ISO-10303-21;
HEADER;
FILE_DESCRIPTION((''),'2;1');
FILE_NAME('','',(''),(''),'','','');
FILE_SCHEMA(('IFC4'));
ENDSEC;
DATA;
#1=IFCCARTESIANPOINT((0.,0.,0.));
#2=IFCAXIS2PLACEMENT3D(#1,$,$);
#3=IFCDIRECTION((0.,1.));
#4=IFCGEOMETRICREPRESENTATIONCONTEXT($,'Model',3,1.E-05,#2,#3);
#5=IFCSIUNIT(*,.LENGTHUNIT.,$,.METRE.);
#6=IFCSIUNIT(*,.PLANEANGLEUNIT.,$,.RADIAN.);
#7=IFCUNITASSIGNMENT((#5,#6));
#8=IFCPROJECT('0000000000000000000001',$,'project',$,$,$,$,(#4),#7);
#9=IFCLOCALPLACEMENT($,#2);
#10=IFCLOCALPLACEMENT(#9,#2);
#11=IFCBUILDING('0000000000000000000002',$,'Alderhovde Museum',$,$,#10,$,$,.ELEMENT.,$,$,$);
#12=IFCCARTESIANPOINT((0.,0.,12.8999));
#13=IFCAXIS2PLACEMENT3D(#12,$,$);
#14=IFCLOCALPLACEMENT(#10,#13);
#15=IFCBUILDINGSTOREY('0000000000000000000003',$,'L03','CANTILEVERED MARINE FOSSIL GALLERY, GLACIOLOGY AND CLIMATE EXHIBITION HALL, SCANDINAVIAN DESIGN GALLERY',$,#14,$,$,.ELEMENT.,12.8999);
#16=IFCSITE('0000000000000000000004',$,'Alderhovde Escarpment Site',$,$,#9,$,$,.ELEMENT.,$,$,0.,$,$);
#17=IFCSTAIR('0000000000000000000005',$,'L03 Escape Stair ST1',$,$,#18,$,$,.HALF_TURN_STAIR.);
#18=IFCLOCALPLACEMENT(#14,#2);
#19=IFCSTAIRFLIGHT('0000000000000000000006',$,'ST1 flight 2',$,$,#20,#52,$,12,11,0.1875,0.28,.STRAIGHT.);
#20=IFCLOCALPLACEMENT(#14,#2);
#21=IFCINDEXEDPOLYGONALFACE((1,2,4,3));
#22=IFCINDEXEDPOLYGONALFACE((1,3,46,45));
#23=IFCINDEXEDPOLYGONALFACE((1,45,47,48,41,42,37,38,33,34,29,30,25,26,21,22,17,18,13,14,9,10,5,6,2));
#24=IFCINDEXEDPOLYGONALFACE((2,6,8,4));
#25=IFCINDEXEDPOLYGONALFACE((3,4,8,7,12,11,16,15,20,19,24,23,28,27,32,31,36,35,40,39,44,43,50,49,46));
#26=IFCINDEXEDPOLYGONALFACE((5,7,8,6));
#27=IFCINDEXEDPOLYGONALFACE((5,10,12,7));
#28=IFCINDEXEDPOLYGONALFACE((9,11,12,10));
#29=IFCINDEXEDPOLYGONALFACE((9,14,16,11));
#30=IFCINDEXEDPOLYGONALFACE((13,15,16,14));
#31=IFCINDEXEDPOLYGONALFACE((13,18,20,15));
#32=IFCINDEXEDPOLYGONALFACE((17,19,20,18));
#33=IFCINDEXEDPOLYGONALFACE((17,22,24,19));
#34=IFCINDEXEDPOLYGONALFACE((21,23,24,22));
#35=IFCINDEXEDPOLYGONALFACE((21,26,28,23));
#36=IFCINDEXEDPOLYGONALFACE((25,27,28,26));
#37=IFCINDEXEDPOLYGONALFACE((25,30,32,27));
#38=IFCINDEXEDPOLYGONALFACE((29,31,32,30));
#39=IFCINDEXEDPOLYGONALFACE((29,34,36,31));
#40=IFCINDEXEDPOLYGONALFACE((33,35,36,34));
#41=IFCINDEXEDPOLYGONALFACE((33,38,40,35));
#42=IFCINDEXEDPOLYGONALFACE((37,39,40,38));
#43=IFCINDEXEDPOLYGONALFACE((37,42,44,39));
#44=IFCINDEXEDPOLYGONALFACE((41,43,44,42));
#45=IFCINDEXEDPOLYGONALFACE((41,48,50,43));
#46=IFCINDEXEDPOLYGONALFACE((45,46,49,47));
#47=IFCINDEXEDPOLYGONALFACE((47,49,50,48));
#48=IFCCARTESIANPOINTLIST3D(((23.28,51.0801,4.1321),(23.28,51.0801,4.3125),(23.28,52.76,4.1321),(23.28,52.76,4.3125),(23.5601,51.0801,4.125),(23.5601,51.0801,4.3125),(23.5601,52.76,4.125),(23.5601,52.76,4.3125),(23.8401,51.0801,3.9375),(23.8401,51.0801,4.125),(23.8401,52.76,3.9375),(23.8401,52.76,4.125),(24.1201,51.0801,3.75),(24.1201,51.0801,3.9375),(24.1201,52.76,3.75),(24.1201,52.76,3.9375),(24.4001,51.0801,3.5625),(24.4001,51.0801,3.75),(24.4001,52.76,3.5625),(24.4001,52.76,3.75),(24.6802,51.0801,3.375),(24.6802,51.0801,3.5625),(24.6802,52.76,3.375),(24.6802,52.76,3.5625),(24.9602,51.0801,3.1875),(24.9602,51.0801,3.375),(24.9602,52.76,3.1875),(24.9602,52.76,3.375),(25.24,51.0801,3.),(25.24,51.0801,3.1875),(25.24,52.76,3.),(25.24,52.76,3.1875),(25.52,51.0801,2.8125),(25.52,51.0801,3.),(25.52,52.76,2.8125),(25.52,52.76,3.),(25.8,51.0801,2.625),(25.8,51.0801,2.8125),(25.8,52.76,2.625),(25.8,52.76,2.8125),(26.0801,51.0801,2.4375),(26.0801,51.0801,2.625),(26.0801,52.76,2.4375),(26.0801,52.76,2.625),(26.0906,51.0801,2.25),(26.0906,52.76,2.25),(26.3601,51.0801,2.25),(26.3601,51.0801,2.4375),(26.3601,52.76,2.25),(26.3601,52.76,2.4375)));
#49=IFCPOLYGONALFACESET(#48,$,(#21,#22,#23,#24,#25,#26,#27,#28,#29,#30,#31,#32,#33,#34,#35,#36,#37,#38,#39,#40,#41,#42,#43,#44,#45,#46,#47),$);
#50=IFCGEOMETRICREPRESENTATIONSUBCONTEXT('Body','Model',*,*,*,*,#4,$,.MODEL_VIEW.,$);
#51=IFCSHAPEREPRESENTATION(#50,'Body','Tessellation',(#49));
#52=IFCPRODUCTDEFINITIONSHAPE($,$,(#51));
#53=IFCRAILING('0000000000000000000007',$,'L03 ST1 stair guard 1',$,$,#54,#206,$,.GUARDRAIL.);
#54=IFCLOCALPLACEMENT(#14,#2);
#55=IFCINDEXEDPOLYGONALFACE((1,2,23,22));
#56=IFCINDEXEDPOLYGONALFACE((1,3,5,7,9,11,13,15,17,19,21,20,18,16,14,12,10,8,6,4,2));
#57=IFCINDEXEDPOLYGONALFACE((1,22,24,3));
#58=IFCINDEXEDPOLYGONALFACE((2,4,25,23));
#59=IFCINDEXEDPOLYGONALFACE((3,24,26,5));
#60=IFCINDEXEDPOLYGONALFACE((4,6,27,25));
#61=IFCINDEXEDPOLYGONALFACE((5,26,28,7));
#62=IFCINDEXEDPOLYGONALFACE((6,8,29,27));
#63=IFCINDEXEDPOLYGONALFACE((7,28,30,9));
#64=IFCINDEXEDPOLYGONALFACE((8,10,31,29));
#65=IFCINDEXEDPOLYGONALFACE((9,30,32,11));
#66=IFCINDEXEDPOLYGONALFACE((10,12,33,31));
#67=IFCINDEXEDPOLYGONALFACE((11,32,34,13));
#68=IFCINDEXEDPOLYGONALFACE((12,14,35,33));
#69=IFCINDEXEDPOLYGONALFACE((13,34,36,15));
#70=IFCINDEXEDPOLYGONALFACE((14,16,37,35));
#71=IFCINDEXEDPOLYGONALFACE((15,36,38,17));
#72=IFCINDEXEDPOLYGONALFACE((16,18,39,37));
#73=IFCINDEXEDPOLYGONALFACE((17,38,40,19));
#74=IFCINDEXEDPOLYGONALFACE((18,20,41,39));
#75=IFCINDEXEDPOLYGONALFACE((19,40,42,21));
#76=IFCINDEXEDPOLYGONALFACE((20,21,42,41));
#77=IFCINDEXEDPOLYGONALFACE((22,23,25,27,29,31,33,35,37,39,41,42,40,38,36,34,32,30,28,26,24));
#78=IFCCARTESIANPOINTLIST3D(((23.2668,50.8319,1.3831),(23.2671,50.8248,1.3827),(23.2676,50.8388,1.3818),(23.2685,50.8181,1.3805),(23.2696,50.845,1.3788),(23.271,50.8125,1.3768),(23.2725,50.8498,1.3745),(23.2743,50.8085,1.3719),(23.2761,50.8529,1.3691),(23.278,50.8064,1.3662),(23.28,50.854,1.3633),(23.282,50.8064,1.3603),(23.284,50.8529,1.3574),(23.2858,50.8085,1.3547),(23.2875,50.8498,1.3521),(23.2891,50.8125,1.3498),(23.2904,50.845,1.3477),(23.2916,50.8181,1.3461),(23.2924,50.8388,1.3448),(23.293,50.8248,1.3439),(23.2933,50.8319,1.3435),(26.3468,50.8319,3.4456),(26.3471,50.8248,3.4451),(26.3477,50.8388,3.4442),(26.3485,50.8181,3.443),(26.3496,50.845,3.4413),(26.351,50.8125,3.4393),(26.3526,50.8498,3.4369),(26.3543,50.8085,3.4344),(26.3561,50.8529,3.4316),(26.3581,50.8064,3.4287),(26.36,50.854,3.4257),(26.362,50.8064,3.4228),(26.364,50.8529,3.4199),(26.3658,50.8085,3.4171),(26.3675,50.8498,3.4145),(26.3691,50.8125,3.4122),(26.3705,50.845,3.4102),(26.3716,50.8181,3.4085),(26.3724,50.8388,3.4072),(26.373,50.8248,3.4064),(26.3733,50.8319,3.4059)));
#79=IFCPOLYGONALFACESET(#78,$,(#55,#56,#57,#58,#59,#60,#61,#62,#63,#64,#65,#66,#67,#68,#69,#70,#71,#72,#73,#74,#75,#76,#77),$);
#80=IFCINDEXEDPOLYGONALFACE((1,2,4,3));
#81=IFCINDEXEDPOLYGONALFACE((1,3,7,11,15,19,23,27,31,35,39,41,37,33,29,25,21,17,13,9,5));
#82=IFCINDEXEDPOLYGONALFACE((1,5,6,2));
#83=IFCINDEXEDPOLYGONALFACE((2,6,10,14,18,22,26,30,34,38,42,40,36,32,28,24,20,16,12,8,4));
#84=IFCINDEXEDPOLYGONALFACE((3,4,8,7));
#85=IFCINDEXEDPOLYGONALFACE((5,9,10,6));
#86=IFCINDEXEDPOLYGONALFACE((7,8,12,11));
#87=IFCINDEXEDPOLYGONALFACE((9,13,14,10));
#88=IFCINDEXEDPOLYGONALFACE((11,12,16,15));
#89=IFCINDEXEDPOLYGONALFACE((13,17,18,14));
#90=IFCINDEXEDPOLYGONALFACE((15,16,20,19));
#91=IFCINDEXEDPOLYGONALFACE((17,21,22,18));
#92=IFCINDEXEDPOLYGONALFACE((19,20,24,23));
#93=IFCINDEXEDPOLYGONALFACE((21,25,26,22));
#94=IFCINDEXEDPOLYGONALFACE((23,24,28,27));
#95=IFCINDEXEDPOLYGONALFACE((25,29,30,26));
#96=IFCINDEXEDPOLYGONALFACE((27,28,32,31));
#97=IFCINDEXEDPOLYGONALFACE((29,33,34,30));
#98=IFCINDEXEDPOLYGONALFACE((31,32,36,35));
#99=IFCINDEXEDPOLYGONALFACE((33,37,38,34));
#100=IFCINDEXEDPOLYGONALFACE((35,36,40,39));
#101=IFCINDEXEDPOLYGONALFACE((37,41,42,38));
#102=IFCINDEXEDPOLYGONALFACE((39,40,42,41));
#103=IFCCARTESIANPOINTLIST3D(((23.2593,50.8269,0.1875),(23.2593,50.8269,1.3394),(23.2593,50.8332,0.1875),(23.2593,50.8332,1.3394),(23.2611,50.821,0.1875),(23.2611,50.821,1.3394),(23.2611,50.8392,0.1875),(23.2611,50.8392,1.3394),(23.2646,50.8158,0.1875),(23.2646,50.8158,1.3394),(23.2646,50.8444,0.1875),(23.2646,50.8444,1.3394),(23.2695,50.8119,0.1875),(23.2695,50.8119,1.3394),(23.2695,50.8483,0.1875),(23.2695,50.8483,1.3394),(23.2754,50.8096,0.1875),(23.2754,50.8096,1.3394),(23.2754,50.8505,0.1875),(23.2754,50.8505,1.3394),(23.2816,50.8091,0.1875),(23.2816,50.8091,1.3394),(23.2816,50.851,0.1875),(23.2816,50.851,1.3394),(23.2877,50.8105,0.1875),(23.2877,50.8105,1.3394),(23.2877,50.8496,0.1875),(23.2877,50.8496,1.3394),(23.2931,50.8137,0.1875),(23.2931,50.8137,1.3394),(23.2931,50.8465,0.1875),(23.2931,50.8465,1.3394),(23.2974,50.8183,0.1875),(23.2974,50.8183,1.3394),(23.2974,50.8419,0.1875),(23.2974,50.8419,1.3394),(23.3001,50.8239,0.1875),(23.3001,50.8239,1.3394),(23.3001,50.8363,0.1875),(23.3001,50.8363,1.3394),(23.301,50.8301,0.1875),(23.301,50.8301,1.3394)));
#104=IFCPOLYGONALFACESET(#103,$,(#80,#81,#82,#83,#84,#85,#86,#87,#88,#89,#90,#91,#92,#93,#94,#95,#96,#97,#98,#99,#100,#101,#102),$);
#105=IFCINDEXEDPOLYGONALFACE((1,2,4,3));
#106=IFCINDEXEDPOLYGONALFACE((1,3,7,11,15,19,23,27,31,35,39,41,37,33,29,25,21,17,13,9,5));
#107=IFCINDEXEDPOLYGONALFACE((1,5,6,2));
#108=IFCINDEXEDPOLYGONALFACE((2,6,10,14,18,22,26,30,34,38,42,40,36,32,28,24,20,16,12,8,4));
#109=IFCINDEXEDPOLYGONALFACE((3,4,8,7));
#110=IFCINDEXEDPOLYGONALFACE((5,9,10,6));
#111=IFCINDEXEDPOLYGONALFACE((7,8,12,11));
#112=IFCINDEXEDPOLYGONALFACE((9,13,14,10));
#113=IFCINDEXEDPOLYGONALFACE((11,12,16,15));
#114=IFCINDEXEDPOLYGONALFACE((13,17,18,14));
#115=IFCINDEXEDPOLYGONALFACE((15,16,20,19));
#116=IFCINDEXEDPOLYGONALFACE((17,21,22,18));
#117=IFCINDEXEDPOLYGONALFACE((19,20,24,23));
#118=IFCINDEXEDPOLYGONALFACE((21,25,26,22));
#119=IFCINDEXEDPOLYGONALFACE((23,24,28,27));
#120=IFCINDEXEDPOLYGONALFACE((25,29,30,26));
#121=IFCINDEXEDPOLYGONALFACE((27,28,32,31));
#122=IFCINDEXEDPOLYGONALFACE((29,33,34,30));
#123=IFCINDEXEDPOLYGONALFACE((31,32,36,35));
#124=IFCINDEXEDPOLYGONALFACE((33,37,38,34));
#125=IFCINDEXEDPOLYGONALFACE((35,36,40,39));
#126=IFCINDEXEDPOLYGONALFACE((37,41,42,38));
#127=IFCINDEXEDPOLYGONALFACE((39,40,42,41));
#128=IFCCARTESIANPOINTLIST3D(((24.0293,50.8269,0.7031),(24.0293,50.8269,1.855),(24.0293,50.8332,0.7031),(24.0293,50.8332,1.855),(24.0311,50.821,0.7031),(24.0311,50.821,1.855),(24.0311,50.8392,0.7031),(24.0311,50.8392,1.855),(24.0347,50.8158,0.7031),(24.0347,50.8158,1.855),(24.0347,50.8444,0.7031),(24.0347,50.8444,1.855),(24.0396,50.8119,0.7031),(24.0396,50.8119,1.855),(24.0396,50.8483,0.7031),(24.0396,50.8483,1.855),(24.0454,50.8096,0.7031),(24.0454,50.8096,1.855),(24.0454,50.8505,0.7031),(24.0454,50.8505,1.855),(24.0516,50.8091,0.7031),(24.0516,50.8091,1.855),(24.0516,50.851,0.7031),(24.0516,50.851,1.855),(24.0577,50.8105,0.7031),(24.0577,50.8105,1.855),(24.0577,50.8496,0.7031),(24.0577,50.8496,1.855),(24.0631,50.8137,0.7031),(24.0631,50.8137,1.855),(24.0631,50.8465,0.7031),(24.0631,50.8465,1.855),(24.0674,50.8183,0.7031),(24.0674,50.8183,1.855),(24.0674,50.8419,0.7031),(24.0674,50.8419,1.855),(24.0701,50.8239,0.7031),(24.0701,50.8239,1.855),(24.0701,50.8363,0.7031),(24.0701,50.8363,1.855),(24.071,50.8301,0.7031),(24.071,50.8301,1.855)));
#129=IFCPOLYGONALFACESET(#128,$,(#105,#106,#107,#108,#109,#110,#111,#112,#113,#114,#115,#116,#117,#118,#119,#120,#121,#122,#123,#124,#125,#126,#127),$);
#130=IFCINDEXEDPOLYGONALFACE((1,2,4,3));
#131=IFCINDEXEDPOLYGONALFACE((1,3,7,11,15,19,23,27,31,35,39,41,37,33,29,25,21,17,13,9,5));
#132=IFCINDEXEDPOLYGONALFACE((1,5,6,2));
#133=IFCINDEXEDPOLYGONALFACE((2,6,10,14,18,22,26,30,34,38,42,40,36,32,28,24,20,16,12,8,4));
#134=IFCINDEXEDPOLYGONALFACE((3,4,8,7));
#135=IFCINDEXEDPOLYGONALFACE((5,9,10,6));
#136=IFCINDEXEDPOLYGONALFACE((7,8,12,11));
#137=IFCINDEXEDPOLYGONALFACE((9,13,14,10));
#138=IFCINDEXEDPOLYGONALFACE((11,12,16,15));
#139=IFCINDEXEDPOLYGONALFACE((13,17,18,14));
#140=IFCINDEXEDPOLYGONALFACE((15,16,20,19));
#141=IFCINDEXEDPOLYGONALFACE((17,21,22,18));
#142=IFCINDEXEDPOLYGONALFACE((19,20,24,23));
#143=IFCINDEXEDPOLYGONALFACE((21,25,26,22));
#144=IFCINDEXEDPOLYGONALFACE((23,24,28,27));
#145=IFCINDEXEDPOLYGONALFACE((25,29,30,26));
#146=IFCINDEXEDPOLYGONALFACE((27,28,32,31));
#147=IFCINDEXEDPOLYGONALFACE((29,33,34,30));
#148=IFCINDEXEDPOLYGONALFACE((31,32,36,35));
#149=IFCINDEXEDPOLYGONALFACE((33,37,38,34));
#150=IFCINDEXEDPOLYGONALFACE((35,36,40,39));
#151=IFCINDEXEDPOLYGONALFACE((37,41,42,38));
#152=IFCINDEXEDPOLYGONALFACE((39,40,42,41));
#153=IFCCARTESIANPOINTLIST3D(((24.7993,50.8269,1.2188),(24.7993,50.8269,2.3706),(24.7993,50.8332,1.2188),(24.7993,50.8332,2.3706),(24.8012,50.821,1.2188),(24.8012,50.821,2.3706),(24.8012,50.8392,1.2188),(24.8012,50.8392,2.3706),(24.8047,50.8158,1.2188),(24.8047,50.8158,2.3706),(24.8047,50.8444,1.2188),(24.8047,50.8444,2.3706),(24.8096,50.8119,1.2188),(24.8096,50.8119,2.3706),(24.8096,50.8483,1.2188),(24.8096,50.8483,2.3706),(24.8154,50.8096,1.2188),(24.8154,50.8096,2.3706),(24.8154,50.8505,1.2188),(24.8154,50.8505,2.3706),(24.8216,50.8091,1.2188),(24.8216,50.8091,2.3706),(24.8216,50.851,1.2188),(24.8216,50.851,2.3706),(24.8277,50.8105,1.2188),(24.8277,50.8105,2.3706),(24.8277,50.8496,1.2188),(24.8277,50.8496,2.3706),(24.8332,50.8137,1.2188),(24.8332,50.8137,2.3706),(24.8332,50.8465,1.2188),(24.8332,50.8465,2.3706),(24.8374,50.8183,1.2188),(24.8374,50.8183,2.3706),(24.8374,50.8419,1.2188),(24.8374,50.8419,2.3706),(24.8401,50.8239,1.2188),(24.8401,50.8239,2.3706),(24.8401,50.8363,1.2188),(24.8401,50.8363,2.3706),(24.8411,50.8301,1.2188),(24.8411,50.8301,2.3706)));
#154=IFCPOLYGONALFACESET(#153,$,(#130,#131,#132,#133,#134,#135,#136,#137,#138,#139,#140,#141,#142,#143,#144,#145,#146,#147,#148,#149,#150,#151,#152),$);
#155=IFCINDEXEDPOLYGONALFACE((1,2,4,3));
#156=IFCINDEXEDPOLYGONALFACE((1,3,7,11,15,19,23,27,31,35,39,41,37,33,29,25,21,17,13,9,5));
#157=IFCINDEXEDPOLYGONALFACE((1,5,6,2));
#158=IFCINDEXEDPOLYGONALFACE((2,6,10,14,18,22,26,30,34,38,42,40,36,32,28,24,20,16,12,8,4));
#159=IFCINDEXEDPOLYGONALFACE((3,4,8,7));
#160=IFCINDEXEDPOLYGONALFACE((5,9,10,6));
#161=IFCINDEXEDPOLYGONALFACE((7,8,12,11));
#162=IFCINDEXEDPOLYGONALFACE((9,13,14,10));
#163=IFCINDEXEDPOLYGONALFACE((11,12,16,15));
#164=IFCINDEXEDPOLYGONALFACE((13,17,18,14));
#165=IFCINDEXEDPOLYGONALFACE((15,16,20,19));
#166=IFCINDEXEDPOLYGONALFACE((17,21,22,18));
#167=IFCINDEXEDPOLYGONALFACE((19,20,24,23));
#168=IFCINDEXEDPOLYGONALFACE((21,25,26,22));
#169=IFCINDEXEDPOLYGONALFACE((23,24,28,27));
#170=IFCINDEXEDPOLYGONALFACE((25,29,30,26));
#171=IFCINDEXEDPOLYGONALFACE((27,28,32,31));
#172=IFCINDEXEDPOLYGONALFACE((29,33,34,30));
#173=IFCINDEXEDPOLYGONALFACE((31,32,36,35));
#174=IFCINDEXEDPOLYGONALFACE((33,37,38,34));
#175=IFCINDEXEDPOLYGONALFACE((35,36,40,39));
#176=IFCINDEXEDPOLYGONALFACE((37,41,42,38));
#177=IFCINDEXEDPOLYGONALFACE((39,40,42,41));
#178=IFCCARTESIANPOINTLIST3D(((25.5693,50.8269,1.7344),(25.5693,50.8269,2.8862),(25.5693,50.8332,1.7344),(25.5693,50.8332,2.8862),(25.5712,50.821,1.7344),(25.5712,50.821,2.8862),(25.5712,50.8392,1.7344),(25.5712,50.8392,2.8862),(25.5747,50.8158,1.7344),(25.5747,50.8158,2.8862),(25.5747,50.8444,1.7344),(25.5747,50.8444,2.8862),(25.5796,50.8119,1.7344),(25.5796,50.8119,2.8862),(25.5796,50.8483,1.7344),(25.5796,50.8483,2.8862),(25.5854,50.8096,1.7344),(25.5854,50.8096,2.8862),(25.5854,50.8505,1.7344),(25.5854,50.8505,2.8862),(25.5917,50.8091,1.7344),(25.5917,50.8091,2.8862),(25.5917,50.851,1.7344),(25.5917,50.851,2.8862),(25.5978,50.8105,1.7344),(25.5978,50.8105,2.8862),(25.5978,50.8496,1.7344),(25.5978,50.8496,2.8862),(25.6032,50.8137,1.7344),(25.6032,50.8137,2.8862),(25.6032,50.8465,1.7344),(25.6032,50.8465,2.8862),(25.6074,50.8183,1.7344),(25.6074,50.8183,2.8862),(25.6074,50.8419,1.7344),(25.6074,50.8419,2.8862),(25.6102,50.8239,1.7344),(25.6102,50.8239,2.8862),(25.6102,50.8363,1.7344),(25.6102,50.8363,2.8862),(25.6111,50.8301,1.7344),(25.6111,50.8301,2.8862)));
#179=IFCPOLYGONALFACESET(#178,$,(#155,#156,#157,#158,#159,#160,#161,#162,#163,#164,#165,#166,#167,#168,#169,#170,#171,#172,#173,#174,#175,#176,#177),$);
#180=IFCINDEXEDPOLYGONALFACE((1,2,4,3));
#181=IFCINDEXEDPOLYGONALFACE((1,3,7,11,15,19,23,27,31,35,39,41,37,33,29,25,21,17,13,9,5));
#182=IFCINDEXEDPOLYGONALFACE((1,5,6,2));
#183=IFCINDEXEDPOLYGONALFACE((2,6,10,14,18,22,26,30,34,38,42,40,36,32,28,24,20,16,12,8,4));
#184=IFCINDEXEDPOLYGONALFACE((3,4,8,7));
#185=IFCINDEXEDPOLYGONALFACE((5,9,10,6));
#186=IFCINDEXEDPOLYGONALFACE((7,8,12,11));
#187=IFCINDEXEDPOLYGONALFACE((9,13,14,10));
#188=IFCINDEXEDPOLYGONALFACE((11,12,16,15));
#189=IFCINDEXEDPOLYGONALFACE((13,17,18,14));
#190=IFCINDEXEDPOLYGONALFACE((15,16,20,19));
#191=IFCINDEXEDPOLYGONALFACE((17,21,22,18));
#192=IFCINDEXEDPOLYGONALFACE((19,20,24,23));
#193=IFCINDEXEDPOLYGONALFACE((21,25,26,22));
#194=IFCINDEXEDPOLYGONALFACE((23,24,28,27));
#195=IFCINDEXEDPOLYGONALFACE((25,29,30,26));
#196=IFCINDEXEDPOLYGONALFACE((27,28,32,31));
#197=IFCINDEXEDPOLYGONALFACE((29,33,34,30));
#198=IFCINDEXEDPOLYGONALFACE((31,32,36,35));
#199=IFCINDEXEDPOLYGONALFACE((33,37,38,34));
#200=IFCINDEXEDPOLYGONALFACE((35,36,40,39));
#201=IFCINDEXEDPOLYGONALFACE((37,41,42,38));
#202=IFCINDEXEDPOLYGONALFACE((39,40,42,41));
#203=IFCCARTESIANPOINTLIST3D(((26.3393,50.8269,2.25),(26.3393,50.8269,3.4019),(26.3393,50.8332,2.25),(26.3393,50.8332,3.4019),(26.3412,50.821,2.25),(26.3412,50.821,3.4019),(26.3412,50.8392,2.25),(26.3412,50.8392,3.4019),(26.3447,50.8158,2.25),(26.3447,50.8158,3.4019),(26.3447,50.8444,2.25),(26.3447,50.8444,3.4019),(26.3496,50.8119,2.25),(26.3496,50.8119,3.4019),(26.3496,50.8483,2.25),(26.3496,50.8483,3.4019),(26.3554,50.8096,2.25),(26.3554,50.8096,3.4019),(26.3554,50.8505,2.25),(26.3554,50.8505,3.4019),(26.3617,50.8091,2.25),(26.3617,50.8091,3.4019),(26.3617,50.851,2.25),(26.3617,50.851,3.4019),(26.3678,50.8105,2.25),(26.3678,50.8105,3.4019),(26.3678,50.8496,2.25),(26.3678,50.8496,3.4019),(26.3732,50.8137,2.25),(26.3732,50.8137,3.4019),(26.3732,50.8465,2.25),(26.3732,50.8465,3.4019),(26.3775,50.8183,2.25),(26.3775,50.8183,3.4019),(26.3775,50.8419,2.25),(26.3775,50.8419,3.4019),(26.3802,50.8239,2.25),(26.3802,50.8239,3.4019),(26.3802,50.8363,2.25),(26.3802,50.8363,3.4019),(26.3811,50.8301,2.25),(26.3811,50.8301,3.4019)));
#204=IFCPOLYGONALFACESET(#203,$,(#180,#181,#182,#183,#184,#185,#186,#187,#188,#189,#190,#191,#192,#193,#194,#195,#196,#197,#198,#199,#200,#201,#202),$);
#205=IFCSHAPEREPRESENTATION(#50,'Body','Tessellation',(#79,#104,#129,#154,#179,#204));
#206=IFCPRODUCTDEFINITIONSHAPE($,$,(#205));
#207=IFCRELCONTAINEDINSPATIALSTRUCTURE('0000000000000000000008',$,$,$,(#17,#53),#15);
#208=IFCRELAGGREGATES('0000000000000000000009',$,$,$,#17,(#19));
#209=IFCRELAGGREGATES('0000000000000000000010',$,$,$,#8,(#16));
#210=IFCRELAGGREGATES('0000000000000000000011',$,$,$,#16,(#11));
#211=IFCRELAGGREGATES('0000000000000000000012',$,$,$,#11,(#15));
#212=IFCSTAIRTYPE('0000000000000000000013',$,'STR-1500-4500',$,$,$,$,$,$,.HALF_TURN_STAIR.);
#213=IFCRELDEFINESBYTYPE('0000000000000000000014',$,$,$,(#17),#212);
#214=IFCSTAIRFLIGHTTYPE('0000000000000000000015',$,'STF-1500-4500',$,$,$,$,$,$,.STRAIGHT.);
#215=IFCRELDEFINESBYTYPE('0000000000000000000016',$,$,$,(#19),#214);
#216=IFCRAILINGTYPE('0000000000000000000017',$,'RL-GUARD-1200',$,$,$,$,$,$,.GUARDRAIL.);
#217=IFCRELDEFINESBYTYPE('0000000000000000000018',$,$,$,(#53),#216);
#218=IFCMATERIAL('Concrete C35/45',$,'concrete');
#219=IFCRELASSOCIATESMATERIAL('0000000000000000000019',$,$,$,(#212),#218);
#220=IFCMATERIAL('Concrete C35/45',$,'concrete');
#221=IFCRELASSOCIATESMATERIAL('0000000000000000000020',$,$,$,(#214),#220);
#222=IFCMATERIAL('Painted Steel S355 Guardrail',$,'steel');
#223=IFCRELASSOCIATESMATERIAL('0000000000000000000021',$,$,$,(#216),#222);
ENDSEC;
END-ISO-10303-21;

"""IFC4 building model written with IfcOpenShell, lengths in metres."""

from ifc_helpers import new_model, si_unit, direction, frame, origin, origin_2d, place, context, subcontext, project, spatial, polyline, circle, outline, extrude, material, type_object, element, aggregate, save


model = new_model("IFC4")

# Units and contexts
model_context = context("Model", 3, precision=1e-05, world=origin(), true_north=direction((0.0, 1.0)))
body_context = subcontext(model_context, "Body", "Model", "MODEL_VIEW")
ifc_project = project(units=[si_unit("LENGTHUNIT", "METRE"), si_unit("PLANEANGLEUNIT", "RADIAN")], contexts=[model_context])

# Site, building, storey
site_placement = place(None, origin())
site = spatial("IfcSite", under=ifc_project, at=site_placement, Name="Alderhovde Escarpment Site", CompositionType="ELEMENT", RefElevation=0.0)
building_placement = place(site_placement, origin())
building = spatial("IfcBuilding", under=site, at=building_placement, Name="Alderhovde Museum", CompositionType="ELEMENT")
storey_placement = place(building_placement, frame((0.0, 0.0, 12.8999)))
storey = spatial("IfcBuildingStorey", under=building, at=storey_placement, Name="L03", Description="CANTILEVERED MARINE FOSSIL GALLERY, GLACIOLOGY AND CLIMATE EXHIBITION HALL, SCANDINAVIAN DESIGN GALLERY", CompositionType="ELEMENT", Elevation=12.8999)

# Stair, stair flight
ifc_material_1 = material(Name="Concrete C35/45", Category="concrete")
stair_type = type_object("IfcStairType", Name="STR-1500-4500", PredefinedType="HALF_TURN_STAIR", material=ifc_material_1)
stair_placement = place(storey_placement, origin())
stair = element("IfcStair", 1, at=stair_placement, inside=storey, type_object=stair_type, Name="L03 Escape Stair ST1", PredefinedType="HALF_TURN_STAIR")
ifc_material_2 = material(Name="Concrete C35/45", Category="concrete")
stair_flight_type = type_object("IfcStairFlightType", Name="STF-1500-4500", PredefinedType="STRAIGHT", material=ifc_material_2)
stair_flight_1_placement = place(storey_placement, frame((26.3601, 51.9199, 2.25), z_axis=(0.0, 0.0, 1.0), x_axis=(-1.0, 0.0, 0.0)))
stair_flight_1 = element("IfcStairFlight", 2, at=stair_flight_1_placement, type_object=stair_flight_type, Name="ST1 flight 2", NumberOfRisers=12, NumberOfTreads=11, PredefinedType="STRAIGHT", RiserHeight=0.1875, TreadLength=0.28, context=body_context, shape_type="SweptSolid", body=[
    extrude(outline(polyline([(0.0, 0.0), (0.0, 0.1875), (0.28, 0.1875), (0.28, 0.375), (0.5601, 0.375), (0.5601, 0.5625), (0.8401, 0.5625), (0.8401, 0.75), (1.1201, 0.75), (1.1201, 0.9375), (1.3999, 0.9375), (1.3999, 1.125), (1.6799, 1.125), (1.6799, 1.3125), (1.96, 1.3125), (1.96, 1.5), (2.24, 1.5), (2.24, 1.6875), (2.52, 1.6875), (2.52, 1.875), (2.8, 1.875), (2.8, 2.0625), (3.0801, 2.0625), (3.0801, 2.25), (3.0801, 1.8821), (0.2695, 0.0), (0.0, 0.0)])), frame((0.0, 0.8398, 0.0), z_axis=(0.0, -1.0, 0.0), x_axis=(1.0, 0.0, 0.0)), (0.0, 0.0, 1.0), 1.6799),
])
aggregate(stair, [stair_flight_1])

# Railing
ifc_material_3 = material(Name="Painted Steel S355 Guardrail", Category="steel")
railing_type_1 = type_object("IfcRailingType", Name="RL-GUARD-1200", PredefinedType="GUARDRAIL", material=ifc_material_3)
railing_1_placement = place(storey_placement, frame((23.28, 50.8301, 0.1875)))
element("IfcRailing", 3, at=railing_1_placement, inside=storey, type_object=railing_type_1, Name="L03 ST1 stair guard 1", PredefinedType="GUARDRAIL", context=body_context, shape_type="SweptSolid", body=[
    extrude(circle(Radius=0.0239, at=origin_2d()), frame((0.0, 0.0, 1.1758), z_axis=(0.830914, 0.0, 0.556401), x_axis=(0.0, 1.0, 0.0)), (0.0, 0.0, 1.0), 3.7068),
    extrude(circle(Radius=0.021, at=origin_2d()), origin(), (0.0, 0.0, 1.0), 1.1519),
    extrude(circle(Radius=0.021, at=origin_2d()), frame((0.77, 0.0, 0.5156)), (0.0, 0.0, 1.0), 1.1519),
    extrude(circle(Radius=0.021, at=origin_2d()), frame((1.54, 0.0, 1.0312)), (0.0, 0.0, 1.0), 1.1519),
    extrude(circle(Radius=0.021, at=origin_2d()), frame((2.3101, 0.0, 1.5469)), (0.0, 0.0, 1.0), 1.1519),
    extrude(circle(Radius=0.021, at=origin_2d()), frame((3.0801, 0.0, 2.0625)), (0.0, 0.0, 1.0), 1.1519),
])

save(model, "model.ifc")
